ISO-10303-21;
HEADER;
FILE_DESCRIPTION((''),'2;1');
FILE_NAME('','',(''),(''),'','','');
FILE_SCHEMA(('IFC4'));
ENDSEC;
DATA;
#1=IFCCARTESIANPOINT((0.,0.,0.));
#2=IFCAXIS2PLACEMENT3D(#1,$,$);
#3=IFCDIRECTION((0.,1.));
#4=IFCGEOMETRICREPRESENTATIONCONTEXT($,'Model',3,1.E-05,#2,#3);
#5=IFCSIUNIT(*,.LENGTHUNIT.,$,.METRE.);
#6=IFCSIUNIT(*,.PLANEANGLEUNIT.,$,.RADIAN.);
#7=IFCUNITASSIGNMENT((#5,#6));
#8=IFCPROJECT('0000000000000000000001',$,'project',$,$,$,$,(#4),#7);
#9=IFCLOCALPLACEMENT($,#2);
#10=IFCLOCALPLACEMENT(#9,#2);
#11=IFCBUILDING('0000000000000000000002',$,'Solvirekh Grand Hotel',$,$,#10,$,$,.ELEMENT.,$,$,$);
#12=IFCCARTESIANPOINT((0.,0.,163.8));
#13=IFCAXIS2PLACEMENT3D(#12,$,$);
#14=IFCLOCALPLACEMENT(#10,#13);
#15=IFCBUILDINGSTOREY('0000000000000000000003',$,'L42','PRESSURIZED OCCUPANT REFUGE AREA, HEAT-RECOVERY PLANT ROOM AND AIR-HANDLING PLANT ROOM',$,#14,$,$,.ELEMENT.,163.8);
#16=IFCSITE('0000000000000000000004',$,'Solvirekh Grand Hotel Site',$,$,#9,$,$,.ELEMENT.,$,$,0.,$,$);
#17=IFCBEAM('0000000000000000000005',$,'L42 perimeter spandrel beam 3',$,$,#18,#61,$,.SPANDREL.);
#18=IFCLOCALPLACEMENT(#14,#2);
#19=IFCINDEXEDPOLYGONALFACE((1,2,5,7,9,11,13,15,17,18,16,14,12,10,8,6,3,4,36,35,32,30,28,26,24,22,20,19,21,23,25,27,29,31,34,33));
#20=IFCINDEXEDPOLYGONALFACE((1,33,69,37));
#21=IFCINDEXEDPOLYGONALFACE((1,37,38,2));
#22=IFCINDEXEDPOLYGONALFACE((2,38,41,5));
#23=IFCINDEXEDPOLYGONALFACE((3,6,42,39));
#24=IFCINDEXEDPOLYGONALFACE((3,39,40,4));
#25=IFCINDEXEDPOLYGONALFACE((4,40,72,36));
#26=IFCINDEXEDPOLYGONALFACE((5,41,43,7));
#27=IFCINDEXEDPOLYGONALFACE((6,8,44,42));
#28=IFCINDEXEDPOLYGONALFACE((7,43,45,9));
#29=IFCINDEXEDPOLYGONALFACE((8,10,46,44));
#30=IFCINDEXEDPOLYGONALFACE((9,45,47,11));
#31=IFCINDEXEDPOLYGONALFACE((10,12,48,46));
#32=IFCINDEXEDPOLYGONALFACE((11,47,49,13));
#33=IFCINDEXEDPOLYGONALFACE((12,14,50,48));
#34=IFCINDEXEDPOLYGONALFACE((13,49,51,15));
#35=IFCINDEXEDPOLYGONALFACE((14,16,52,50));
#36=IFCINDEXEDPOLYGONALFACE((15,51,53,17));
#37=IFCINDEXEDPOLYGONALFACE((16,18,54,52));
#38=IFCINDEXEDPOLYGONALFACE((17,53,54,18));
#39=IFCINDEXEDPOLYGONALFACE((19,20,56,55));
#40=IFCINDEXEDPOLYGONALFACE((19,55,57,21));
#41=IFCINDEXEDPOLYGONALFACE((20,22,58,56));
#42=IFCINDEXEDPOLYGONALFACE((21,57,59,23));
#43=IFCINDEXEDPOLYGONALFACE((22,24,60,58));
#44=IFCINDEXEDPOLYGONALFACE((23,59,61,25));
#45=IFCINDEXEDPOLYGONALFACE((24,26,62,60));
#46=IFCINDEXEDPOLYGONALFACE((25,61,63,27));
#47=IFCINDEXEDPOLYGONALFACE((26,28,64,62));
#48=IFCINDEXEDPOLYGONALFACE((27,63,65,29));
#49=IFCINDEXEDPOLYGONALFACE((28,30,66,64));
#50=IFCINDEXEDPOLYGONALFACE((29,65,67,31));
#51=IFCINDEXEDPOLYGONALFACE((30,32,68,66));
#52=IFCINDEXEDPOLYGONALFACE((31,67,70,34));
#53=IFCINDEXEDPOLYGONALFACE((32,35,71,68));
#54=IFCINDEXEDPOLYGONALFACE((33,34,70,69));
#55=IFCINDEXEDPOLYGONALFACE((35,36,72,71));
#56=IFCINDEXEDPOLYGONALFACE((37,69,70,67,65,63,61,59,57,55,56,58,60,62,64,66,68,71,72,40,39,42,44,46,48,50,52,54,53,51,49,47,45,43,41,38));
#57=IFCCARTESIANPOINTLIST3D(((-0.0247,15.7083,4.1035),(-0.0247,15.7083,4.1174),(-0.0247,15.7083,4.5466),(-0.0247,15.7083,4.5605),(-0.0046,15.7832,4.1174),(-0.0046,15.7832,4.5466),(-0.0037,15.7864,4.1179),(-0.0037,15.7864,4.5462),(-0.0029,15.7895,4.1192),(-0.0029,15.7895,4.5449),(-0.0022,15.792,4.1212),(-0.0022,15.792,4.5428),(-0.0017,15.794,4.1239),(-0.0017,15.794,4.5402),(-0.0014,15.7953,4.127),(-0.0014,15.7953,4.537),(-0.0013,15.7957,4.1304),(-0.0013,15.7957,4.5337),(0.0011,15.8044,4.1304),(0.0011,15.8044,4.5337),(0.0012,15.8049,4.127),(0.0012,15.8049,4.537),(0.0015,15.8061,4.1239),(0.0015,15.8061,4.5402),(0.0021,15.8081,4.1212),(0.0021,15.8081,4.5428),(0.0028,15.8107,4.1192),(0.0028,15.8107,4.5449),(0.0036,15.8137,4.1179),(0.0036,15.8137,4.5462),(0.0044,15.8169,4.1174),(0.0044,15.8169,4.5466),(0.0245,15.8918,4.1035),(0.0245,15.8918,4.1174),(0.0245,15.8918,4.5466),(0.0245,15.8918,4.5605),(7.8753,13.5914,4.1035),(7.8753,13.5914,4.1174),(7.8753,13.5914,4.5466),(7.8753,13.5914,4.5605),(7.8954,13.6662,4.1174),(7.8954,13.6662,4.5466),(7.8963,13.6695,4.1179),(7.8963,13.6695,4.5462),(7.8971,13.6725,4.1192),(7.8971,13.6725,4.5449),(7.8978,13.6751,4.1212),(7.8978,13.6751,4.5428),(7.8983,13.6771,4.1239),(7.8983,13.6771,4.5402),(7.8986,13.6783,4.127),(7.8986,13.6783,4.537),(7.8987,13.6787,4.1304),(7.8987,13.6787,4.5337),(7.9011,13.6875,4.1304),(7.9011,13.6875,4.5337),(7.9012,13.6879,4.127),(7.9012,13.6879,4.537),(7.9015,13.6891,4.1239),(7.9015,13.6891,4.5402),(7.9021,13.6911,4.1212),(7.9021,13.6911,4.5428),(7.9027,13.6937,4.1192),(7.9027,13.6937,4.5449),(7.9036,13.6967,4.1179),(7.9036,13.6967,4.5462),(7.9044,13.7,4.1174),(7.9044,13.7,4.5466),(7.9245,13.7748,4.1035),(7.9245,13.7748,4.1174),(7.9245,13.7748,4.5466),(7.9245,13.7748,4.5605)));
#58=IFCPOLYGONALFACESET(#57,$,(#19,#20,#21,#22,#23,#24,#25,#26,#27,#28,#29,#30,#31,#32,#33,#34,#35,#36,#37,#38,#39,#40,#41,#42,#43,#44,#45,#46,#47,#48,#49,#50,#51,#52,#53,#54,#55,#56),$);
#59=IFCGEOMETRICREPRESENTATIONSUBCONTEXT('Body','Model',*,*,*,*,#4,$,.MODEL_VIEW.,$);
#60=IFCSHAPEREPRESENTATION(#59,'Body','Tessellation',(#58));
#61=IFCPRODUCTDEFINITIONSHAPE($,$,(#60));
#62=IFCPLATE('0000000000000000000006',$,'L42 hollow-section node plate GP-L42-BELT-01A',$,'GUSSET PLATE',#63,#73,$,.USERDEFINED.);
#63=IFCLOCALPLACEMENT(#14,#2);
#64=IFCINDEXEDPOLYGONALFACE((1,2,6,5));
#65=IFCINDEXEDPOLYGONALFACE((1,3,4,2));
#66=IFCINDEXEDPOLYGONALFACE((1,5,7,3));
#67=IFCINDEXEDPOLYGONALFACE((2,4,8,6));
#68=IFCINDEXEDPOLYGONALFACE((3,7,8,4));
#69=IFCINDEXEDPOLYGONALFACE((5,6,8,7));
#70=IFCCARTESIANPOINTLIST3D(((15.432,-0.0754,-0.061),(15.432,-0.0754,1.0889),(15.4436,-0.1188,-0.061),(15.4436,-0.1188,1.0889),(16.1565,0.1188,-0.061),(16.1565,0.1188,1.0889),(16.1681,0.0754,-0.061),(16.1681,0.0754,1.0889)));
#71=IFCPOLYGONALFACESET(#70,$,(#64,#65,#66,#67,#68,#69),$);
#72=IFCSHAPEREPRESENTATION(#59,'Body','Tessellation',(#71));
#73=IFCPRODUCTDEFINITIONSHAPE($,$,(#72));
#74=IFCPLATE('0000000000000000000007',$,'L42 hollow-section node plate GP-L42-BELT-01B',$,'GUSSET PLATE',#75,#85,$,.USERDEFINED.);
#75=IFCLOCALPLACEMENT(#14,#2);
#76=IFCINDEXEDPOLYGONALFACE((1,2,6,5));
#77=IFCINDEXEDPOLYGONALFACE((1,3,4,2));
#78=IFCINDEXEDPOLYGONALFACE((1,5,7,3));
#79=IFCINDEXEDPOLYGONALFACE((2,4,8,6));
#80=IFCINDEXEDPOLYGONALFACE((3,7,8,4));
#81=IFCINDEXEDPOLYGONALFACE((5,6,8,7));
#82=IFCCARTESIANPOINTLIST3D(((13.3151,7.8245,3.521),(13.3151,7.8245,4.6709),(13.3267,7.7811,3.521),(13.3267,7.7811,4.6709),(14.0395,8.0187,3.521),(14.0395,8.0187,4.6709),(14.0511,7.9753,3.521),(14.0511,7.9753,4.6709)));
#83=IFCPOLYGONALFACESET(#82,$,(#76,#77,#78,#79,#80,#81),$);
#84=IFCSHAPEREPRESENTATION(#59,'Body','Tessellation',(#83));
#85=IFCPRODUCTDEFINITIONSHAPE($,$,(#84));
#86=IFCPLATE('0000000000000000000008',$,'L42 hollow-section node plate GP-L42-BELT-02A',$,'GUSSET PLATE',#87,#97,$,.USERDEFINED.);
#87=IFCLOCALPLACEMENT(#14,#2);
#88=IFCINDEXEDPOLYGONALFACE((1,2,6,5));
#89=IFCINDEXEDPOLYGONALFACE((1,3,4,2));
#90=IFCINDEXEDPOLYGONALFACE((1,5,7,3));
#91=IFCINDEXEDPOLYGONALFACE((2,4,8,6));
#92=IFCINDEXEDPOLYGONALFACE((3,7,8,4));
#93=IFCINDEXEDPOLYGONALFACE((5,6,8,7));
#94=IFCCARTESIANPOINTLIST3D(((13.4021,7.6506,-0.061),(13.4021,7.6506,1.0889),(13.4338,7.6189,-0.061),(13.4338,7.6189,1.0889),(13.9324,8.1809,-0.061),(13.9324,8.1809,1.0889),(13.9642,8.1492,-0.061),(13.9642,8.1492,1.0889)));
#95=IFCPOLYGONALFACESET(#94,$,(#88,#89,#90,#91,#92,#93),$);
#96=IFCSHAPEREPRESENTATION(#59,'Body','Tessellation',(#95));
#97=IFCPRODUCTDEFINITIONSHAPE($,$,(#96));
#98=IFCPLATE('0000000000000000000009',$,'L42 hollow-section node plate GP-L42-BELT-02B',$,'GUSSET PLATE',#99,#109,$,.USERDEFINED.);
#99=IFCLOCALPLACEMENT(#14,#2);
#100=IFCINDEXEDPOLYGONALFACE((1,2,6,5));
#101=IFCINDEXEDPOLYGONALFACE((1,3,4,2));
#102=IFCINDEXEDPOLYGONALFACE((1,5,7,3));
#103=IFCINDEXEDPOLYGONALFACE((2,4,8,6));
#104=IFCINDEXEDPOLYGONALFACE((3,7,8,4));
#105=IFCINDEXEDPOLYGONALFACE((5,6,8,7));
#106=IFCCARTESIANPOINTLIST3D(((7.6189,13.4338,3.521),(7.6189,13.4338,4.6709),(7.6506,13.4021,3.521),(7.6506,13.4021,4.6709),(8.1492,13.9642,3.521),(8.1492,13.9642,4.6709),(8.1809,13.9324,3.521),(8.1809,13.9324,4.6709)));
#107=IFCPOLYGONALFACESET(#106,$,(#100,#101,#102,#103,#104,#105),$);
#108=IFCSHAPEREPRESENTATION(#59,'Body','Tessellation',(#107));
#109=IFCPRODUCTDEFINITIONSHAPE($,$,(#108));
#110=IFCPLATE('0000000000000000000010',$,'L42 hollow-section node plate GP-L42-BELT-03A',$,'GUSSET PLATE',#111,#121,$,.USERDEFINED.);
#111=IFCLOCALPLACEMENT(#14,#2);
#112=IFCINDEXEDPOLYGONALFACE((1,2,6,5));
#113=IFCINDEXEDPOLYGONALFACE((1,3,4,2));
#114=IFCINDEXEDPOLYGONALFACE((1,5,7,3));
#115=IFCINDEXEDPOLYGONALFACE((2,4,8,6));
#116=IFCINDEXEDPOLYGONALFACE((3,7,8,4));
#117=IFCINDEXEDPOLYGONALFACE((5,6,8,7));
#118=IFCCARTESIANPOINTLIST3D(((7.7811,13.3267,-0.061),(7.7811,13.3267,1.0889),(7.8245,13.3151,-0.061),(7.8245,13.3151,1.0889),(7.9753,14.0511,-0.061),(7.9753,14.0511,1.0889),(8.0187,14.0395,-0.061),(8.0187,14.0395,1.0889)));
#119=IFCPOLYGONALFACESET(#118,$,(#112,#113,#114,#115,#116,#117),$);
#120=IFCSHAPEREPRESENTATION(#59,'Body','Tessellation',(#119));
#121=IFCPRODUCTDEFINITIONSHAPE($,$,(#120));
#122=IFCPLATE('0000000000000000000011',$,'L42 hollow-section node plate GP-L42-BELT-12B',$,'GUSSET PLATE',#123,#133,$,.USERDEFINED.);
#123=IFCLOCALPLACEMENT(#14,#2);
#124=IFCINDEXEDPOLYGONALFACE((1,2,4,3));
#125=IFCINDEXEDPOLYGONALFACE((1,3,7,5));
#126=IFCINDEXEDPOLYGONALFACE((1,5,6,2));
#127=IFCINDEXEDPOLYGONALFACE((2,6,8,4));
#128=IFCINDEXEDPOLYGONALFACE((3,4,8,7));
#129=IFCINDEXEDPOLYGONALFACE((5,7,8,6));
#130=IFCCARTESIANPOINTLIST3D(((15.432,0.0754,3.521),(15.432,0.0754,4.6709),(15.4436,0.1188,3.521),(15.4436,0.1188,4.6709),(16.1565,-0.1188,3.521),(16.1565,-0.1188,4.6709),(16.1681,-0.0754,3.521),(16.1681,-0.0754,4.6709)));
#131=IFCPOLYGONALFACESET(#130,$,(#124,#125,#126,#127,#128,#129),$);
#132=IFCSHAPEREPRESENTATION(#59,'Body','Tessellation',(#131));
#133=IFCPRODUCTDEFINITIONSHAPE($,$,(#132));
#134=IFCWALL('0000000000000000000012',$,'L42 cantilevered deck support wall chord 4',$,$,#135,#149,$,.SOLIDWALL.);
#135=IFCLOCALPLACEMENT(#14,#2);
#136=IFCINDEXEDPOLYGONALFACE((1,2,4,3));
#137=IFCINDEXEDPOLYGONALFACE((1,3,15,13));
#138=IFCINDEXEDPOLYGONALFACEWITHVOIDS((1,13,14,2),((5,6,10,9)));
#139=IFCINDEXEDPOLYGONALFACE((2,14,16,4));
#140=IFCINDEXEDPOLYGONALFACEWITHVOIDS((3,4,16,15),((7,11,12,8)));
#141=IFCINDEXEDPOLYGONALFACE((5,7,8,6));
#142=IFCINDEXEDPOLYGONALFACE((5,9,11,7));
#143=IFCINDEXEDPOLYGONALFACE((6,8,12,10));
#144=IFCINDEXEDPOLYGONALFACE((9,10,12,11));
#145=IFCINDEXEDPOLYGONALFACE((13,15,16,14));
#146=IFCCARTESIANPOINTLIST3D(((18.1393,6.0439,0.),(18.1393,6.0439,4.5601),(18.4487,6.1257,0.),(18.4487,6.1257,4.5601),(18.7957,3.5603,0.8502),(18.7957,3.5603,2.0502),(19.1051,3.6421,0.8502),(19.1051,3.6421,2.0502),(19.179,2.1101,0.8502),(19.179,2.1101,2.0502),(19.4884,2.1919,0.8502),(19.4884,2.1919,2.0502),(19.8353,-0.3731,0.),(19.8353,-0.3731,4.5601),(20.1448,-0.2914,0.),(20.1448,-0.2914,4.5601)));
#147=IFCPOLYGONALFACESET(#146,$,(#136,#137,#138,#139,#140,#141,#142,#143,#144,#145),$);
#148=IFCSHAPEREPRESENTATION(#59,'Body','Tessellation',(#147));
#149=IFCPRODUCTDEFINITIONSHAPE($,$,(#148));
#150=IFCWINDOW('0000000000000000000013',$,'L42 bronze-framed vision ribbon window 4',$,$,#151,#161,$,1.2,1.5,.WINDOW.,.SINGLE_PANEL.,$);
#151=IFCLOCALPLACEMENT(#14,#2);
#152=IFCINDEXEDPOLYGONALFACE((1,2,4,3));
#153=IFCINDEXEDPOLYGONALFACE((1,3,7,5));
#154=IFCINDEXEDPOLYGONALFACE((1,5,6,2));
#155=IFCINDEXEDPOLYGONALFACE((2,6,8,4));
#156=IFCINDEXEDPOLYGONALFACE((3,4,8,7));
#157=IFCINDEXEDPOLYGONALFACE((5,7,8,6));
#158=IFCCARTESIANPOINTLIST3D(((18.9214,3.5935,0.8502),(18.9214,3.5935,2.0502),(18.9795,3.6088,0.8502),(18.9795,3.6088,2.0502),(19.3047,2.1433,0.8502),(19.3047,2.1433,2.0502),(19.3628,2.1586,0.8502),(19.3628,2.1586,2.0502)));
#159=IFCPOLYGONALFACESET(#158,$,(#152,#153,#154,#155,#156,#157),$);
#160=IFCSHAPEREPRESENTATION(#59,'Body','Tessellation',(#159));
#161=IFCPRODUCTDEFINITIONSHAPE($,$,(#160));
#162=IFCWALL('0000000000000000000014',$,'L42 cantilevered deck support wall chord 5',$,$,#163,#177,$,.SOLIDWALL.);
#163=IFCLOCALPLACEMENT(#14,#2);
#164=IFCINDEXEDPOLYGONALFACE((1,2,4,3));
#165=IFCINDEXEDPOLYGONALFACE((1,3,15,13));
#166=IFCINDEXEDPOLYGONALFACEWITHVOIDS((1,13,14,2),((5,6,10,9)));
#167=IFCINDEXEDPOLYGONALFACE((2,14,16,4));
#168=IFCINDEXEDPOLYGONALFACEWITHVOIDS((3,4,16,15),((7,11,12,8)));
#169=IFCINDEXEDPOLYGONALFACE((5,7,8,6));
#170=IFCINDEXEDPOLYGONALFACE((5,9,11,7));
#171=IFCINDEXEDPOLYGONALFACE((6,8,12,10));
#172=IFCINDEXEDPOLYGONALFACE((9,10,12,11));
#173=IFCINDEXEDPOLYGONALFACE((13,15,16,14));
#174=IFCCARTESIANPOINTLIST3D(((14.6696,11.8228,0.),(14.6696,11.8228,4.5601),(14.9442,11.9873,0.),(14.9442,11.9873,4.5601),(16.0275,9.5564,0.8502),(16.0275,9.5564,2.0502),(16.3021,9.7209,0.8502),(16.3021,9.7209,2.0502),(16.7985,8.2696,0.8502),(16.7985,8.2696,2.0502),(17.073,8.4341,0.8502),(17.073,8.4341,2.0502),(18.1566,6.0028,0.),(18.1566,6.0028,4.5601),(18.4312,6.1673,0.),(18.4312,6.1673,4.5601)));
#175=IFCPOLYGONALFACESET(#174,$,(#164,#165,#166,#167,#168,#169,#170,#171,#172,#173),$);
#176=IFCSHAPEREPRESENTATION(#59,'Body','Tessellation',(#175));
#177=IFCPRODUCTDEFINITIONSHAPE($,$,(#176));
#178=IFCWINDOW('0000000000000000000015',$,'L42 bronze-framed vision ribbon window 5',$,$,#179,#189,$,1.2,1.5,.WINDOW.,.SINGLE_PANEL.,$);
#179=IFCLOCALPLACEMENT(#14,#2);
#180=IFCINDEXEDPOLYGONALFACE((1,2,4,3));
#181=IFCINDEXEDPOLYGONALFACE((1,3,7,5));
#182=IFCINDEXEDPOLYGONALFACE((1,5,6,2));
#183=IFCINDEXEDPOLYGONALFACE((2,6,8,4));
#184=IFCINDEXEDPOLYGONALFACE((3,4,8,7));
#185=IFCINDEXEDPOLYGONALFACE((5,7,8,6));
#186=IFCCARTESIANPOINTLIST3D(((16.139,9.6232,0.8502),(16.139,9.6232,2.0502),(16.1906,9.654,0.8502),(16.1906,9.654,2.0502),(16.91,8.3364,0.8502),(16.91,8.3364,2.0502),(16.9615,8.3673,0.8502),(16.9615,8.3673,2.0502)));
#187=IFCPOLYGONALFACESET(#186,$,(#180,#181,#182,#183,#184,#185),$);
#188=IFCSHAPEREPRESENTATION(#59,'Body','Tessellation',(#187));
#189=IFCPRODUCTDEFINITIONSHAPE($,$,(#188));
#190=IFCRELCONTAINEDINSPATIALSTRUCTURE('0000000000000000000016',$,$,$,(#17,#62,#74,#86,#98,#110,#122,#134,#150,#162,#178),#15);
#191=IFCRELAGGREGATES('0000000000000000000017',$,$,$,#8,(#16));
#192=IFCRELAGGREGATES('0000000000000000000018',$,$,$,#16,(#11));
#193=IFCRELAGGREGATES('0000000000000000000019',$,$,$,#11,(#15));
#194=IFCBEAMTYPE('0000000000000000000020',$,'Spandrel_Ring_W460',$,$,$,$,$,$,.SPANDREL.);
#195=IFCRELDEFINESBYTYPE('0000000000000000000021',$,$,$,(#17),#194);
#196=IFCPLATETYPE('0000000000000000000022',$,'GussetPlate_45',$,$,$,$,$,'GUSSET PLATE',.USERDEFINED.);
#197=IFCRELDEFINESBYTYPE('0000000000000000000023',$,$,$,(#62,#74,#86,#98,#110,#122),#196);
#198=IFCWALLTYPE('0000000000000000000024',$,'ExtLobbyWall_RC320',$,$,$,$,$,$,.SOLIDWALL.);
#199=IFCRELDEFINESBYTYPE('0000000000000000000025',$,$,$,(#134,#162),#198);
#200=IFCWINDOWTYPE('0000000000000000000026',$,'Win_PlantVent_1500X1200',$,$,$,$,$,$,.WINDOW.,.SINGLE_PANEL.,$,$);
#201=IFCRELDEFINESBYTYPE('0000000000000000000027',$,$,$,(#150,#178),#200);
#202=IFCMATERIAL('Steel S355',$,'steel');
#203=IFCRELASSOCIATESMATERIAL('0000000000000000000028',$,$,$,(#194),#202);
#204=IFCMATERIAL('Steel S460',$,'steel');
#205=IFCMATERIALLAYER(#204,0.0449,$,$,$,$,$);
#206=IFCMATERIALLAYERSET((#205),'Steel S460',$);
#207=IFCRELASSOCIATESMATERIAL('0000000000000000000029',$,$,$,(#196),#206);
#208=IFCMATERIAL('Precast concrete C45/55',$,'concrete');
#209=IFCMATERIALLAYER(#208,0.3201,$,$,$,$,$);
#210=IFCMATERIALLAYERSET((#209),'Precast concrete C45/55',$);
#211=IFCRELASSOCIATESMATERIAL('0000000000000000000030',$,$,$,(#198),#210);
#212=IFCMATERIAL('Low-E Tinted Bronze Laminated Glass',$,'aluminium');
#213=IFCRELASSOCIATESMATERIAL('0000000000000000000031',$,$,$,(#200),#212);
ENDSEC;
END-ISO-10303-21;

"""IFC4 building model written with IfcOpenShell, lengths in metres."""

from ifc_helpers import new_model, si_unit, direction, frame, frame_2d, origin, origin_2d, place, context, subcontext, project, spatial, rectangle, i_section, extrude, material, layer, layer_set, material_profile, profile_set, type_object, element, fill, save


model = new_model("IFC4")

# Units and contexts
model_context = context("Model", 3, precision=1e-05, world=origin(), true_north=direction((0.0, 1.0)))
body_context = subcontext(model_context, "Body", "Model", "MODEL_VIEW")
ifc_project = project(units=[si_unit("LENGTHUNIT", "METRE"), si_unit("PLANEANGLEUNIT", "RADIAN")], contexts=[model_context])

# Site, building, storey
site_placement = place(None, origin())
site = spatial("IfcSite", under=ifc_project, at=site_placement, Name="Solvirekh Grand Hotel Site", CompositionType="ELEMENT", RefElevation=0.0)
building_placement = place(site_placement, origin())
building = spatial("IfcBuilding", under=site, at=building_placement, Name="Solvirekh Grand Hotel", CompositionType="ELEMENT")
storey_placement = place(building_placement, frame((0.0, 0.0, 163.8)))
storey = spatial("IfcBuildingStorey", under=building, at=storey_placement, Name="L42", Description="PRESSURIZED OCCUPANT REFUGE AREA, HEAT-RECOVERY PLANT ROOM AND AIR-HANDLING PLANT ROOM", CompositionType="ELEMENT", Elevation=163.8)

# Shared definitions
ifc_material_1 = material(Name="Steel S460", Category="steel")
ifc_material_2 = material(Name="Steel S355", Category="steel")

# Beam
ifc_material_profile_1 = material_profile(ifc_material_2, i_section(OverallWidth=0.1899, OverallDepth=0.457, WebThickness=0.009, FlangeThickness=0.0139, FilletRadius=0.0129, at=origin_2d()), Name="W460X74")
ifc_profile_set_1 = profile_set([ifc_material_profile_1], Name="Steel S355")
beam_type_1 = type_object("IfcBeamType", Name="Spandrel_Ring_W460", PredefinedType="SPANDREL", material=ifc_profile_set_1)
for number, where, z_axis, x_axis, name in (
    (1, (7.8999, 13.6831, 4.332), (-0.965921, 0.258839, 0.0), (-0.258839, -0.965921, 0.0), "L42 perimeter spandrel beam 3"),
):
    element("IfcBeam", number, at=place(storey_placement, frame(where, z_axis=z_axis, x_axis=x_axis)), inside=storey, type_object=beam_type_1, Name=name, PredefinedType="SPANDREL", context=body_context, shape_type="SweptSolid", body=[
        extrude(i_section(OverallWidth=0.1899, OverallDepth=0.457, WebThickness=0.009, FlangeThickness=0.0139, FilletRadius=0.0129, at=origin_2d()), origin(), (0.0, 0.0, 1.0), 8.1787),
    ])

# Plates
ifc_layer_1 = layer(ifc_material_1, 0.0449)
ifc_layer_set_1 = layer_set([ifc_layer_1], Name="Steel S460")
plate_type = type_object("IfcPlateType", Name="GussetPlate_45", ElementType="GUSSET PLATE", PredefinedType="USERDEFINED", material=ifc_layer_set_1)
for number, where, z_axis, x_axis, name in (
    (2, (15.8, 0.0, -0.061), (0.0, 0.0, 1.0), (-0.258819, 0.965926, 0.0), "L42 hollow-section node plate GP-L42-BELT-01A"),
    (3, (13.6831, 7.8999, 3.521), (0.0, 0.0, 1.0), (-0.258819, 0.965926, 0.0), "L42 hollow-section node plate GP-L42-BELT-01B"),
    (4, (13.6831, 7.8999, -0.061), (0.0, 0.0, 1.0), (-0.707107, 0.707107, 0.0), "L42 hollow-section node plate GP-L42-BELT-02A"),
    (5, (7.8999, 13.6831, 3.521), (0.0, 0.0, 1.0), (-0.707107, 0.707107, 0.0), "L42 hollow-section node plate GP-L42-BELT-02B"),
    (6, (7.8999, 13.6831, -0.061), (0.0, 0.0, 1.0), (-0.965926, 0.258819, 0.0), "L42 hollow-section node plate GP-L42-BELT-03A"),
    (7, (15.8, 0.0, 3.521), (0.0, 0.0, 1.0), (0.258819, 0.965926, 0.0), "L42 hollow-section node plate GP-L42-BELT-12B"),
):
    element("IfcPlate", number, at=place(storey_placement, frame(where, z_axis=z_axis, x_axis=x_axis)), inside=storey, type_object=plate_type, Name=name, ObjectType="GUSSET PLATE", PredefinedType="USERDEFINED", context=body_context, shape_type="SweptSolid", body=[
        extrude(rectangle(XDim=0.0449, YDim=0.75, at=origin_2d()), origin(), (0.0, 0.0, 1.0), 1.1499),
    ])

# Walls, openings, windows
ifc_material_3 = material(Name="Precast concrete C45/55", Category="concrete")
ifc_layer_2 = layer(ifc_material_3, 0.3201)
ifc_layer_set_2 = layer_set([ifc_layer_2], Name="Precast concrete C45/55")
wall_type_1 = type_object("IfcWallType", Name="ExtLobbyWall_RC320", PredefinedType="SOLIDWALL", material=ifc_layer_set_2)
wall_1_placement = place(storey_placement, frame((18.2939, 6.085, 0.0), z_axis=(0.0, 0.0, 1.0), x_axis=(0.255531, -0.966801, 0.0)))
wall_1 = element("IfcWall", 8, at=wall_1_placement, inside=storey, type_object=wall_type_1, Name="L42 cantilevered deck support wall chord 4", PredefinedType="SOLIDWALL", context=body_context, shape_type="SweptSolid", body=[
    extrude(rectangle(XDim=6.6375, YDim=0.3201, at=frame_2d((3.3188, 0.0))), origin(), (0.0, 0.0, 1.0), 4.5601),
])
opening_1_placement = place(wall_1_placement, frame((2.5691, 0.0, 0.8501)))
opening_1 = element("IfcOpeningElement", 9, at=opening_1_placement, cuts=wall_1, PredefinedType="OPENING", context=body_context, shape_type="SweptSolid", body=[
    extrude(rectangle(XDim=1.5, YDim=1.2, at=frame_2d((0.75, 0.6001))), frame((0.0, 0.1699, 0.0), z_axis=(0.0, -1.0, 0.0), x_axis=(1.0, 0.0, 0.0)), (0.0, 0.0, 1.0), 0.3401),
])
ifc_material_4 = material(Name="Low-E Tinted Bronze Laminated Glass", Category="aluminium")
window_type = type_object("IfcWindowType", Name="Win_PlantVent_1500X1200", PartitioningType="SINGLE_PANEL", PredefinedType="WINDOW", material=ifc_material_4)
window_1_placement = place(opening_1_placement, origin())
window_1 = element("IfcWindow", 10, at=window_1_placement, inside=storey, type_object=window_type, Name="L42 bronze-framed vision ribbon window 4", OverallHeight=1.2, OverallWidth=1.5, PartitioningType="SINGLE_PANEL", PredefinedType="WINDOW", context=body_context, shape_type="SweptSolid", body=[
    extrude(rectangle(XDim=1.5, YDim=1.2, at=frame_2d((0.75, 0.6001))), frame((0.0, 0.03, 0.0), z_axis=(0.0, -1.0, 0.0), x_axis=(1.0, 0.0, 0.0)), (0.0, 0.0, 1.0), 0.0601),
])
fill(opening_1, window_1)
wall_2_placement = place(storey_placement, frame((14.8069, 11.905, 0.0), z_axis=(0.0, 0.0, 1.0), x_axis=(0.513956, -0.857817, 0.0)))
wall_2 = element("IfcWall", 11, at=wall_2_placement, inside=storey, type_object=wall_type_1, Name="L42 cantilevered deck support wall chord 5", PredefinedType="SOLIDWALL", context=body_context, shape_type="SweptSolid", body=[
    extrude(rectangle(XDim=6.7847, YDim=0.3201, at=frame_2d((3.3923, 0.0))), origin(), (0.0, 0.0, 1.0), 4.5601),
])
opening_2_placement = place(wall_2_placement, frame((2.6421, 0.0, 0.8501)))
opening_2 = element("IfcOpeningElement", 12, at=opening_2_placement, cuts=wall_2, PredefinedType="OPENING", context=body_context, shape_type="SweptSolid", body=[
    extrude(rectangle(XDim=1.5, YDim=1.2, at=frame_2d((0.75, 0.6001))), frame((0.0, 0.1699, 0.0), z_axis=(0.0, -1.0, 0.0), x_axis=(1.0, 0.0, 0.0)), (0.0, 0.0, 1.0), 0.3401),
])
window_2_placement = place(opening_2_placement, origin())
window_2 = element("IfcWindow", 13, at=window_2_placement, inside=storey, type_object=window_type, Name="L42 bronze-framed vision ribbon window 5", OverallHeight=1.2, OverallWidth=1.5, PartitioningType="SINGLE_PANEL", PredefinedType="WINDOW", context=body_context, shape_type="SweptSolid", body=[
    extrude(rectangle(XDim=1.5, YDim=1.2, at=frame_2d((0.75, 0.6001))), frame((0.0, 0.03, 0.0), z_axis=(0.0, -1.0, 0.0), x_axis=(1.0, 0.0, 0.0)), (0.0, 0.0, 1.0), 0.0601),
])
fill(opening_2, window_2)

save(model, "model.ifc")
